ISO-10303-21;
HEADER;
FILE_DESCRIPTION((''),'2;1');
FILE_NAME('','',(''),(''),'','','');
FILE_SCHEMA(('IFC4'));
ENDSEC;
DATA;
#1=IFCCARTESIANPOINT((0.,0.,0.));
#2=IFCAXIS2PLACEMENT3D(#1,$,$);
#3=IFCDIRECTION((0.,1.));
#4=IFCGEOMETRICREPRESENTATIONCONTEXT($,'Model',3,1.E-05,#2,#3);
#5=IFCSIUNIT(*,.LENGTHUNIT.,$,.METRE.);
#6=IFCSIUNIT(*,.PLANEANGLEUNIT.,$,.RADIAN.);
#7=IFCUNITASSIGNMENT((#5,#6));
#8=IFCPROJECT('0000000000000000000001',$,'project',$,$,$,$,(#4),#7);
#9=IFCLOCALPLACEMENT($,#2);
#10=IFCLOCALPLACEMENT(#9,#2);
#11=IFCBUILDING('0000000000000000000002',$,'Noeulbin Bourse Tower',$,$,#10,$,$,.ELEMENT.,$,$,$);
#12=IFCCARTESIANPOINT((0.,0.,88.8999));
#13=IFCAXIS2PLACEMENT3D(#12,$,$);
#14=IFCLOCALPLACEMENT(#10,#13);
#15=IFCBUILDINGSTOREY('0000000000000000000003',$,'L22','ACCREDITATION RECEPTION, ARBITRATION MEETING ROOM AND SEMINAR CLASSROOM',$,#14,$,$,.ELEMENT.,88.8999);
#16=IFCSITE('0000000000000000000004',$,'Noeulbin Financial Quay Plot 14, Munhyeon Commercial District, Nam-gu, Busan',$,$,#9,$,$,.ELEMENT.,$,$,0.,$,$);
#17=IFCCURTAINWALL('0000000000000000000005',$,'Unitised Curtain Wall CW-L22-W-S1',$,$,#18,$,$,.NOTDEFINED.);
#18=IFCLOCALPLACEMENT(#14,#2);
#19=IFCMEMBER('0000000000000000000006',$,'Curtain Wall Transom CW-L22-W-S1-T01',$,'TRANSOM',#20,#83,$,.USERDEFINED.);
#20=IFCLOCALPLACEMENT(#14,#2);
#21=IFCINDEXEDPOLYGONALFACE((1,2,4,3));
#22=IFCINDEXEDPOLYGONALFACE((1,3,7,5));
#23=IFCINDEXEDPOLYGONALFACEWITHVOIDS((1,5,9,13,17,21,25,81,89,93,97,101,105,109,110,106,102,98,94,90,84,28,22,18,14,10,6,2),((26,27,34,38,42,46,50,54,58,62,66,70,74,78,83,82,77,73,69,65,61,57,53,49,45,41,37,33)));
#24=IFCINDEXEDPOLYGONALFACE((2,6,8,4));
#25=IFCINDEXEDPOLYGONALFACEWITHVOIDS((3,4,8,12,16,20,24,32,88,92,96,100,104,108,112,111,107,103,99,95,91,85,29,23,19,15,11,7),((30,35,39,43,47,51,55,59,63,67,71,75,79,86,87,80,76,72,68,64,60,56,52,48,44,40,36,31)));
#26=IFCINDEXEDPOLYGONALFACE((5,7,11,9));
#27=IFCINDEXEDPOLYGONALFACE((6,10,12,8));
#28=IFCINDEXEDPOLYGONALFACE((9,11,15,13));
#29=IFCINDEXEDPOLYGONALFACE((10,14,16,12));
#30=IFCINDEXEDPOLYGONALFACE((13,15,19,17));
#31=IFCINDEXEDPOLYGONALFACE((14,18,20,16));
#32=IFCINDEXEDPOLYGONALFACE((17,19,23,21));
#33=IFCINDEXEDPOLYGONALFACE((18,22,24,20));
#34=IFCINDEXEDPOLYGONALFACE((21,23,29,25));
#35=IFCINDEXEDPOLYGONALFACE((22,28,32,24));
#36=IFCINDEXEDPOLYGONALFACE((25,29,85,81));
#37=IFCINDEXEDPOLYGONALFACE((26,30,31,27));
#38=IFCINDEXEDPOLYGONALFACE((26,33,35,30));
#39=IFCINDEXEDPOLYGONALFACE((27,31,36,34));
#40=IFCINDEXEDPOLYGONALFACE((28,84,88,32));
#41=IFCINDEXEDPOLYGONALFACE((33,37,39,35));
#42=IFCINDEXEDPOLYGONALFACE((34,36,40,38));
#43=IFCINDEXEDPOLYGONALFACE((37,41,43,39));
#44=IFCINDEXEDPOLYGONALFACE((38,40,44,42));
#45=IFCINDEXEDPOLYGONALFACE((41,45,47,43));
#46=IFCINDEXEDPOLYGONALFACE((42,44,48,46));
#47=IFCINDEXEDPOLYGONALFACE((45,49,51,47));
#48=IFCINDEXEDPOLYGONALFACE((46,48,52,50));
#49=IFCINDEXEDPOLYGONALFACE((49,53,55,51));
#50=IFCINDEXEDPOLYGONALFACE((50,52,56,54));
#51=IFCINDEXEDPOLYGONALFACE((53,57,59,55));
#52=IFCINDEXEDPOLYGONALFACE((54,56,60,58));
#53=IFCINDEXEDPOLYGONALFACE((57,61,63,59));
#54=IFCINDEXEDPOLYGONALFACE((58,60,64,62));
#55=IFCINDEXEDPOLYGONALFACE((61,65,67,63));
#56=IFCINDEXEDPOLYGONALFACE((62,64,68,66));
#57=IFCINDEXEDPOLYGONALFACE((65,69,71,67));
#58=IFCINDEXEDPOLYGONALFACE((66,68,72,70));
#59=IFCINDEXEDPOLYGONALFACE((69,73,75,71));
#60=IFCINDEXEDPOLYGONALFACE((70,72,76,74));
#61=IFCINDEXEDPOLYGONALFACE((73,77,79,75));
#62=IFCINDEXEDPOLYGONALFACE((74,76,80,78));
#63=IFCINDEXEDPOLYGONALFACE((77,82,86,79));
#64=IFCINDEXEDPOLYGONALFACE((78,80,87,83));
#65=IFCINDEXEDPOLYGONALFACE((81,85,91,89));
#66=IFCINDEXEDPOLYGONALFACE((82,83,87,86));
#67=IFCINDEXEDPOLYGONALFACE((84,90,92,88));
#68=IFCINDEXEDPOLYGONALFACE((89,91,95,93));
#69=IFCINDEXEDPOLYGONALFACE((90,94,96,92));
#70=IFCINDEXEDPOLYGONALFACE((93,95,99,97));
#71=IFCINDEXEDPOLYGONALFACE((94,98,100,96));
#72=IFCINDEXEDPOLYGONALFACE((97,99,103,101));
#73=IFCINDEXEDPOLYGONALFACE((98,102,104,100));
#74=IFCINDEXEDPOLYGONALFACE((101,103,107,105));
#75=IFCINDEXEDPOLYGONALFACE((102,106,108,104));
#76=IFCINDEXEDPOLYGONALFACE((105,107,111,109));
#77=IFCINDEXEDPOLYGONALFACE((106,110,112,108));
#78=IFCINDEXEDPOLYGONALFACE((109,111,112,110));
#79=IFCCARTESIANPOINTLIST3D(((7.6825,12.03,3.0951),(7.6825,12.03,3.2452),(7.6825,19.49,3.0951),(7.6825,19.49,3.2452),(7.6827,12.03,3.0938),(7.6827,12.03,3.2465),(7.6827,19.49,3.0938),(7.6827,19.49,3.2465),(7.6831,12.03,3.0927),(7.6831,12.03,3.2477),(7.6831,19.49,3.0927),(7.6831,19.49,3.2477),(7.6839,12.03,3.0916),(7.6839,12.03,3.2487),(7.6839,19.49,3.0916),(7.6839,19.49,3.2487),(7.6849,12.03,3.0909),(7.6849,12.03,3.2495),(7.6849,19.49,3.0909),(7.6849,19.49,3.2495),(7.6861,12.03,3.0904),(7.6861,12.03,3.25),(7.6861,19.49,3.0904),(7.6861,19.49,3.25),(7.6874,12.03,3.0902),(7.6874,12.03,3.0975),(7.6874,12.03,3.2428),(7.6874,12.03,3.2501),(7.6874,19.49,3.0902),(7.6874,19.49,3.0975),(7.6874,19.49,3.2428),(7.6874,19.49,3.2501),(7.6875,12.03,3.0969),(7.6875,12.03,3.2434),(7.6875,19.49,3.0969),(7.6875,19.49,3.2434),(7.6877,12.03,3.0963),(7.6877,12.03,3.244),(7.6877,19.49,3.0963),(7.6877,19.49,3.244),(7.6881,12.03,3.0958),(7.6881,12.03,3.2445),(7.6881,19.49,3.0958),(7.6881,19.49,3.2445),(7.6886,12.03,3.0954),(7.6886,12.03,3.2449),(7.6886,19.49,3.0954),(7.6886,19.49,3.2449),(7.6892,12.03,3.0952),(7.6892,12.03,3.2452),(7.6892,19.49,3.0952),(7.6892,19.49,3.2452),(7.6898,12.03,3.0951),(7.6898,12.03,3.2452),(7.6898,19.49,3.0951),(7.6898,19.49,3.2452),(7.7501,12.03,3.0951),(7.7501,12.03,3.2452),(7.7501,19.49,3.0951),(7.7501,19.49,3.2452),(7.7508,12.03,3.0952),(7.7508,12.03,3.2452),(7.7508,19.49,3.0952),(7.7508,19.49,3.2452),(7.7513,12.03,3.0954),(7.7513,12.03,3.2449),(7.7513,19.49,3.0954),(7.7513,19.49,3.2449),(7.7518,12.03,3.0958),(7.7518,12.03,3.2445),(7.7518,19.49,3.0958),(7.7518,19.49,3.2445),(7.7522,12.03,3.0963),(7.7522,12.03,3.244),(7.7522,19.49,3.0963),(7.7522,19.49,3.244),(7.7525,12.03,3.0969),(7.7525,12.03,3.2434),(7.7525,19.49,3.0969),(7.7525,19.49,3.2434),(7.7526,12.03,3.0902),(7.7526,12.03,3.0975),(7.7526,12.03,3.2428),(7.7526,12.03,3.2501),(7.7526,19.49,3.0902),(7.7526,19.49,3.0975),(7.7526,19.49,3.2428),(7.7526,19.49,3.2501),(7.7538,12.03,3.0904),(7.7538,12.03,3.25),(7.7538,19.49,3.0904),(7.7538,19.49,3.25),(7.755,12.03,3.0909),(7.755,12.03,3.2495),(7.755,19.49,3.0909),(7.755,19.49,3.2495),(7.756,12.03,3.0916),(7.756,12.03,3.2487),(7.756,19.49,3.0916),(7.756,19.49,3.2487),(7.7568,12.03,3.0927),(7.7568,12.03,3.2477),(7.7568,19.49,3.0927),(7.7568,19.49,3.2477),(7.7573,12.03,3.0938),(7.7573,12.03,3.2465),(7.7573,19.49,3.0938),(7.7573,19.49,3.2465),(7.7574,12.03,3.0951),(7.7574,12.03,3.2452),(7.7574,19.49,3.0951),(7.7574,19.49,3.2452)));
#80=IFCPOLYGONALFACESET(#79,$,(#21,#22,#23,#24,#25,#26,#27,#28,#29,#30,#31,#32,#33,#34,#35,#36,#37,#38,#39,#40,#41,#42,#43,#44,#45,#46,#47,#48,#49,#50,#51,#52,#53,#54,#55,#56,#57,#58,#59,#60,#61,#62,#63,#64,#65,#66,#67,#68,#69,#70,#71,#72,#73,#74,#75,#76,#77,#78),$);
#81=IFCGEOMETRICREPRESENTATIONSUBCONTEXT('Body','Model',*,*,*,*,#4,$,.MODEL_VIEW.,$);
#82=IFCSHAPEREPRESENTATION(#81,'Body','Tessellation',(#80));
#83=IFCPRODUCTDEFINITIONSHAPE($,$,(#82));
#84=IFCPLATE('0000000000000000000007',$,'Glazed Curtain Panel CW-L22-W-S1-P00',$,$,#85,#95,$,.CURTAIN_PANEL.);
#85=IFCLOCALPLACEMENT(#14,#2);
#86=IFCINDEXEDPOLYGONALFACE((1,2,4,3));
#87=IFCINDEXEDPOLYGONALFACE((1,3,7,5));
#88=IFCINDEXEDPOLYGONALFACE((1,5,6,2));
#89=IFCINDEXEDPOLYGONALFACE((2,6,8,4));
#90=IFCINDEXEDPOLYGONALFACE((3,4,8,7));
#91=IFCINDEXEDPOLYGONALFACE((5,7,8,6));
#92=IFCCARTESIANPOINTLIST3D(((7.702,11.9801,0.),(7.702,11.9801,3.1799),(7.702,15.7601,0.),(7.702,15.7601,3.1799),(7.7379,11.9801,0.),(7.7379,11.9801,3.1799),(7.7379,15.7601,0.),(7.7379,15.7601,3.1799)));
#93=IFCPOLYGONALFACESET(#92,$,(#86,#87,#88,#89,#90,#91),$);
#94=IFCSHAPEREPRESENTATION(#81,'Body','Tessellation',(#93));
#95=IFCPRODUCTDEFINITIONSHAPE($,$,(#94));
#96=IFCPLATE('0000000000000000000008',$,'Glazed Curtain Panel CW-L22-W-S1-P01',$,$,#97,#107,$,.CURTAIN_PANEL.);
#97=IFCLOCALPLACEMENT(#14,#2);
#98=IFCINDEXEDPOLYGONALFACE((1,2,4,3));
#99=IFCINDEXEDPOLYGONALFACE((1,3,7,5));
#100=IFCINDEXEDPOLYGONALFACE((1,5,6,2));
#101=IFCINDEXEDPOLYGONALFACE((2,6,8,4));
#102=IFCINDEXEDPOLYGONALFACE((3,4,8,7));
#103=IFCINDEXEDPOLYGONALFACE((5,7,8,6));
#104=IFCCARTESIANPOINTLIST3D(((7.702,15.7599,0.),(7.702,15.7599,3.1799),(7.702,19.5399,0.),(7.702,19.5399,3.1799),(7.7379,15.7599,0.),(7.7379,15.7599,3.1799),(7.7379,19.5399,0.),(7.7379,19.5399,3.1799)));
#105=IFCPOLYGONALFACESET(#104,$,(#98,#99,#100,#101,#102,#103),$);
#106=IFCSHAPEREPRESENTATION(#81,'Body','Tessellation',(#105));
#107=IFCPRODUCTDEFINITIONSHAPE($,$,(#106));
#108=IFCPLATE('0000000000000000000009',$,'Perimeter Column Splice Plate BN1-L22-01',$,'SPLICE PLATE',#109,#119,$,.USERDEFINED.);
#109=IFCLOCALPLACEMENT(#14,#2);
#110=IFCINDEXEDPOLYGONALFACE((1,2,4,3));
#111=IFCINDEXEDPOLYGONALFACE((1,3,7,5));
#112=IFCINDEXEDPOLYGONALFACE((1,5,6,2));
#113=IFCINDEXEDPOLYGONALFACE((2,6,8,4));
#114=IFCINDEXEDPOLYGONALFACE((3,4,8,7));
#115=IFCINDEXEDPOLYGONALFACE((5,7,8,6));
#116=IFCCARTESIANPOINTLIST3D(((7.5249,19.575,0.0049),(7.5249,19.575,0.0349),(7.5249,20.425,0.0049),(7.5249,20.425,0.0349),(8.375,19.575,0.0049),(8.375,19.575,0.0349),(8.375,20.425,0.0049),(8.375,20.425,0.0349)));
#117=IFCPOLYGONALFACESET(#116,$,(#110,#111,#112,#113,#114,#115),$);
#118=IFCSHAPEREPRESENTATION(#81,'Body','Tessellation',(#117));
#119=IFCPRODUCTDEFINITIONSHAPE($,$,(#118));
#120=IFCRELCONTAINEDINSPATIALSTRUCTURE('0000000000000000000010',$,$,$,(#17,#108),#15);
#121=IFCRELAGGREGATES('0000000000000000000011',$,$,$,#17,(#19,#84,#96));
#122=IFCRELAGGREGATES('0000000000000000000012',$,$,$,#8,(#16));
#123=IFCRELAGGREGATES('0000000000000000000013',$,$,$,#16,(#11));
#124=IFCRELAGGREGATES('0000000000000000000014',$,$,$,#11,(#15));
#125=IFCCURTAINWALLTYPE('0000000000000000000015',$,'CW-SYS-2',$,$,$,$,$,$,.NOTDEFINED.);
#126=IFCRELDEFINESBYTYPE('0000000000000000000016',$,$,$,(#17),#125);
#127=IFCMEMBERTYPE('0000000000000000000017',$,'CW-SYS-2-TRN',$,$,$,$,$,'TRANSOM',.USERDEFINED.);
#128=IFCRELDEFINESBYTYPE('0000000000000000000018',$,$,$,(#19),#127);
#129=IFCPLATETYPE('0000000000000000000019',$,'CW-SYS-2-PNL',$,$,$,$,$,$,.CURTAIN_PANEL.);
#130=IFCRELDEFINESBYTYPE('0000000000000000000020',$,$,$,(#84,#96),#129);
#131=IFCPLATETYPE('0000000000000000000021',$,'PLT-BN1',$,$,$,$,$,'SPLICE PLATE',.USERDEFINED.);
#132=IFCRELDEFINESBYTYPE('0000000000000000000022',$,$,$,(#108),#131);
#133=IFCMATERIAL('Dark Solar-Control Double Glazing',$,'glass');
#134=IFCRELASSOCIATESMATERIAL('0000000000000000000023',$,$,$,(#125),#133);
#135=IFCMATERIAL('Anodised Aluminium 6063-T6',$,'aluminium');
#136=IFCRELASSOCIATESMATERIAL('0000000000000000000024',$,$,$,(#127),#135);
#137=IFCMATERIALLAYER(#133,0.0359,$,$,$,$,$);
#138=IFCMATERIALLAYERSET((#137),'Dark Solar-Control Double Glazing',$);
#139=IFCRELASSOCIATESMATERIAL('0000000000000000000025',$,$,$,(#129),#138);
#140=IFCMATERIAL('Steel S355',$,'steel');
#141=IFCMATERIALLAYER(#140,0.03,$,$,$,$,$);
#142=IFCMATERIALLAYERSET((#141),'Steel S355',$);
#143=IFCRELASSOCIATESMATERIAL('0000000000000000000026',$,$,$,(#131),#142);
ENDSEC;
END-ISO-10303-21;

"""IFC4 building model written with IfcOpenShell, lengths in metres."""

from ifc_helpers import new_model, si_unit, direction, frame, origin, origin_2d, place, context, subcontext, project, spatial, rectangle, hollow_rectangle, extrude, material, layer, layer_set, material_profile, profile_set, type_object, element, aggregate, save


model = new_model("IFC4")

# Units and contexts
model_context = context("Model", 3, precision=1e-05, world=origin(), true_north=direction((0.0, 1.0)))
body_context = subcontext(model_context, "Body", "Model", "MODEL_VIEW")
ifc_project = project(units=[si_unit("LENGTHUNIT", "METRE"), si_unit("PLANEANGLEUNIT", "RADIAN")], contexts=[model_context])

# Site, building, storey
site_placement = place(None, origin())
site = spatial("IfcSite", under=ifc_project, at=site_placement, Name="Noeulbin Financial Quay Plot 14, Munhyeon Commercial District, Nam-gu, Busan", CompositionType="ELEMENT", RefElevation=0.0)
building_placement = place(site_placement, origin())
building = spatial("IfcBuilding", under=site, at=building_placement, Name="Noeulbin Bourse Tower", CompositionType="ELEMENT")
storey_placement = place(building_placement, frame((0.0, 0.0, 88.8999)))
storey = spatial("IfcBuildingStorey", under=building, at=storey_placement, Name="L22", Description="ACCREDITATION RECEPTION, ARBITRATION MEETING ROOM AND SEMINAR CLASSROOM", CompositionType="ELEMENT", Elevation=88.8999)

# Shared definitions
ifc_material_1 = material(Name="Steel S355", Category="steel")

# Curtain wall, member, plates
ifc_material_2 = material(Name="Dark Solar-Control Double Glazing", Category="glass")
curtain_wall_type = type_object("IfcCurtainWallType", Name="CW-SYS-2", PredefinedType="NOTDEFINED", material=ifc_material_2)
curtain_wall_placement = place(storey_placement, origin())
curtain_wall = element("IfcCurtainWall", 1, at=curtain_wall_placement, inside=storey, type_object=curtain_wall_type, Name="Unitised Curtain Wall CW-L22-W-S1", PredefinedType="NOTDEFINED")
ifc_material_3 = material(Name="Anodised Aluminium 6063-T6", Category="aluminium")
ifc_material_profile_1 = material_profile(ifc_material_3, hollow_rectangle(XDim=0.075, YDim=0.1599, WallThickness=0.0049, InnerFilletRadius=0.0024, OuterFilletRadius=0.0049, at=origin_2d()), Name="ALU-TRAN-75x160x5", Category="LoadBearing")
ifc_profile_set_1 = profile_set([ifc_material_profile_1], Name="Anodised Aluminium 6063-T6")
member_type_1 = type_object("IfcMemberType", Name="CW-SYS-2-TRN", ElementType="TRANSOM", PredefinedType="USERDEFINED", material=ifc_profile_set_1)
member_1_placement = place(storey_placement, frame((7.72, 12.03, 3.1702), z_axis=(0.0, 1.0, 0.0), x_axis=(-1.0, 0.0, 0.0)))
member_1 = element("IfcMember", 2, at=member_1_placement, type_object=member_type_1, Name="Curtain Wall Transom CW-L22-W-S1-T01", ObjectType="TRANSOM", PredefinedType="USERDEFINED", context=body_context, shape_type="SweptSolid", body=[
    extrude(hollow_rectangle(XDim=0.075, YDim=0.1599, WallThickness=0.0049, InnerFilletRadius=0.0024, OuterFilletRadius=0.0049, at=origin_2d()), origin(), (0.0, 0.0, 1.0), 7.46),
])
ifc_layer_1 = layer(ifc_material_2, 0.0359)
ifc_layer_set_1 = layer_set([ifc_layer_1], Name="Dark Solar-Control Double Glazing")
plate_type_1 = type_object("IfcPlateType", Name="CW-SYS-2-PNL", PredefinedType="CURTAIN_PANEL", material=ifc_layer_set_1)
plate_1_placement = place(storey_placement, frame((7.72, 13.8701, 0.0), z_axis=(0.0, 0.0, 1.0), x_axis=(0.0, 1.0, 0.0)))
plate_1 = element("IfcPlate", 3, at=plate_1_placement, type_object=plate_type_1, Name="Glazed Curtain Panel CW-L22-W-S1-P00", PredefinedType="CURTAIN_PANEL", context=body_context, shape_type="SweptSolid", body=[
    extrude(rectangle(XDim=3.78, YDim=0.0359, at=origin_2d()), origin(), (0.0, 0.0, 1.0), 3.1799),
])
plate_2_placement = place(storey_placement, frame((7.72, 17.6499, 0.0), z_axis=(0.0, 0.0, 1.0), x_axis=(0.0, 1.0, 0.0)))
plate_2 = element("IfcPlate", 4, at=plate_2_placement, type_object=plate_type_1, Name="Glazed Curtain Panel CW-L22-W-S1-P01", PredefinedType="CURTAIN_PANEL", context=body_context, shape_type="SweptSolid", body=[
    extrude(rectangle(XDim=3.78, YDim=0.0359, at=origin_2d()), origin(), (0.0, 0.0, 1.0), 3.1799),
])
aggregate(curtain_wall, [member_1, plate_1, plate_2])

# Plate
ifc_layer_2 = layer(ifc_material_1, 0.03)
ifc_layer_set_2 = layer_set([ifc_layer_2], Name="Steel S355")
plate_type_2 = type_object("IfcPlateType", Name="PLT-BN1", ElementType="SPLICE PLATE", PredefinedType="USERDEFINED", material=ifc_layer_set_2)
plate_3_placement = place(storey_placement, frame((7.95, 20.0, 0.0049), z_axis=(0.0, 0.0, 1.0), x_axis=(1.0, 0.0, 0.0)))
element("IfcPlate", 5, at=plate_3_placement, inside=storey, type_object=plate_type_2, Name="Perimeter Column Splice Plate BN1-L22-01", ObjectType="SPLICE PLATE", PredefinedType="USERDEFINED", context=body_context, shape_type="SweptSolid", body=[
    extrude(rectangle(XDim=0.8501, YDim=0.8501, at=origin_2d()), origin(), (0.0, 0.0, 1.0), 0.03),
])

save(model, "model.ifc")
